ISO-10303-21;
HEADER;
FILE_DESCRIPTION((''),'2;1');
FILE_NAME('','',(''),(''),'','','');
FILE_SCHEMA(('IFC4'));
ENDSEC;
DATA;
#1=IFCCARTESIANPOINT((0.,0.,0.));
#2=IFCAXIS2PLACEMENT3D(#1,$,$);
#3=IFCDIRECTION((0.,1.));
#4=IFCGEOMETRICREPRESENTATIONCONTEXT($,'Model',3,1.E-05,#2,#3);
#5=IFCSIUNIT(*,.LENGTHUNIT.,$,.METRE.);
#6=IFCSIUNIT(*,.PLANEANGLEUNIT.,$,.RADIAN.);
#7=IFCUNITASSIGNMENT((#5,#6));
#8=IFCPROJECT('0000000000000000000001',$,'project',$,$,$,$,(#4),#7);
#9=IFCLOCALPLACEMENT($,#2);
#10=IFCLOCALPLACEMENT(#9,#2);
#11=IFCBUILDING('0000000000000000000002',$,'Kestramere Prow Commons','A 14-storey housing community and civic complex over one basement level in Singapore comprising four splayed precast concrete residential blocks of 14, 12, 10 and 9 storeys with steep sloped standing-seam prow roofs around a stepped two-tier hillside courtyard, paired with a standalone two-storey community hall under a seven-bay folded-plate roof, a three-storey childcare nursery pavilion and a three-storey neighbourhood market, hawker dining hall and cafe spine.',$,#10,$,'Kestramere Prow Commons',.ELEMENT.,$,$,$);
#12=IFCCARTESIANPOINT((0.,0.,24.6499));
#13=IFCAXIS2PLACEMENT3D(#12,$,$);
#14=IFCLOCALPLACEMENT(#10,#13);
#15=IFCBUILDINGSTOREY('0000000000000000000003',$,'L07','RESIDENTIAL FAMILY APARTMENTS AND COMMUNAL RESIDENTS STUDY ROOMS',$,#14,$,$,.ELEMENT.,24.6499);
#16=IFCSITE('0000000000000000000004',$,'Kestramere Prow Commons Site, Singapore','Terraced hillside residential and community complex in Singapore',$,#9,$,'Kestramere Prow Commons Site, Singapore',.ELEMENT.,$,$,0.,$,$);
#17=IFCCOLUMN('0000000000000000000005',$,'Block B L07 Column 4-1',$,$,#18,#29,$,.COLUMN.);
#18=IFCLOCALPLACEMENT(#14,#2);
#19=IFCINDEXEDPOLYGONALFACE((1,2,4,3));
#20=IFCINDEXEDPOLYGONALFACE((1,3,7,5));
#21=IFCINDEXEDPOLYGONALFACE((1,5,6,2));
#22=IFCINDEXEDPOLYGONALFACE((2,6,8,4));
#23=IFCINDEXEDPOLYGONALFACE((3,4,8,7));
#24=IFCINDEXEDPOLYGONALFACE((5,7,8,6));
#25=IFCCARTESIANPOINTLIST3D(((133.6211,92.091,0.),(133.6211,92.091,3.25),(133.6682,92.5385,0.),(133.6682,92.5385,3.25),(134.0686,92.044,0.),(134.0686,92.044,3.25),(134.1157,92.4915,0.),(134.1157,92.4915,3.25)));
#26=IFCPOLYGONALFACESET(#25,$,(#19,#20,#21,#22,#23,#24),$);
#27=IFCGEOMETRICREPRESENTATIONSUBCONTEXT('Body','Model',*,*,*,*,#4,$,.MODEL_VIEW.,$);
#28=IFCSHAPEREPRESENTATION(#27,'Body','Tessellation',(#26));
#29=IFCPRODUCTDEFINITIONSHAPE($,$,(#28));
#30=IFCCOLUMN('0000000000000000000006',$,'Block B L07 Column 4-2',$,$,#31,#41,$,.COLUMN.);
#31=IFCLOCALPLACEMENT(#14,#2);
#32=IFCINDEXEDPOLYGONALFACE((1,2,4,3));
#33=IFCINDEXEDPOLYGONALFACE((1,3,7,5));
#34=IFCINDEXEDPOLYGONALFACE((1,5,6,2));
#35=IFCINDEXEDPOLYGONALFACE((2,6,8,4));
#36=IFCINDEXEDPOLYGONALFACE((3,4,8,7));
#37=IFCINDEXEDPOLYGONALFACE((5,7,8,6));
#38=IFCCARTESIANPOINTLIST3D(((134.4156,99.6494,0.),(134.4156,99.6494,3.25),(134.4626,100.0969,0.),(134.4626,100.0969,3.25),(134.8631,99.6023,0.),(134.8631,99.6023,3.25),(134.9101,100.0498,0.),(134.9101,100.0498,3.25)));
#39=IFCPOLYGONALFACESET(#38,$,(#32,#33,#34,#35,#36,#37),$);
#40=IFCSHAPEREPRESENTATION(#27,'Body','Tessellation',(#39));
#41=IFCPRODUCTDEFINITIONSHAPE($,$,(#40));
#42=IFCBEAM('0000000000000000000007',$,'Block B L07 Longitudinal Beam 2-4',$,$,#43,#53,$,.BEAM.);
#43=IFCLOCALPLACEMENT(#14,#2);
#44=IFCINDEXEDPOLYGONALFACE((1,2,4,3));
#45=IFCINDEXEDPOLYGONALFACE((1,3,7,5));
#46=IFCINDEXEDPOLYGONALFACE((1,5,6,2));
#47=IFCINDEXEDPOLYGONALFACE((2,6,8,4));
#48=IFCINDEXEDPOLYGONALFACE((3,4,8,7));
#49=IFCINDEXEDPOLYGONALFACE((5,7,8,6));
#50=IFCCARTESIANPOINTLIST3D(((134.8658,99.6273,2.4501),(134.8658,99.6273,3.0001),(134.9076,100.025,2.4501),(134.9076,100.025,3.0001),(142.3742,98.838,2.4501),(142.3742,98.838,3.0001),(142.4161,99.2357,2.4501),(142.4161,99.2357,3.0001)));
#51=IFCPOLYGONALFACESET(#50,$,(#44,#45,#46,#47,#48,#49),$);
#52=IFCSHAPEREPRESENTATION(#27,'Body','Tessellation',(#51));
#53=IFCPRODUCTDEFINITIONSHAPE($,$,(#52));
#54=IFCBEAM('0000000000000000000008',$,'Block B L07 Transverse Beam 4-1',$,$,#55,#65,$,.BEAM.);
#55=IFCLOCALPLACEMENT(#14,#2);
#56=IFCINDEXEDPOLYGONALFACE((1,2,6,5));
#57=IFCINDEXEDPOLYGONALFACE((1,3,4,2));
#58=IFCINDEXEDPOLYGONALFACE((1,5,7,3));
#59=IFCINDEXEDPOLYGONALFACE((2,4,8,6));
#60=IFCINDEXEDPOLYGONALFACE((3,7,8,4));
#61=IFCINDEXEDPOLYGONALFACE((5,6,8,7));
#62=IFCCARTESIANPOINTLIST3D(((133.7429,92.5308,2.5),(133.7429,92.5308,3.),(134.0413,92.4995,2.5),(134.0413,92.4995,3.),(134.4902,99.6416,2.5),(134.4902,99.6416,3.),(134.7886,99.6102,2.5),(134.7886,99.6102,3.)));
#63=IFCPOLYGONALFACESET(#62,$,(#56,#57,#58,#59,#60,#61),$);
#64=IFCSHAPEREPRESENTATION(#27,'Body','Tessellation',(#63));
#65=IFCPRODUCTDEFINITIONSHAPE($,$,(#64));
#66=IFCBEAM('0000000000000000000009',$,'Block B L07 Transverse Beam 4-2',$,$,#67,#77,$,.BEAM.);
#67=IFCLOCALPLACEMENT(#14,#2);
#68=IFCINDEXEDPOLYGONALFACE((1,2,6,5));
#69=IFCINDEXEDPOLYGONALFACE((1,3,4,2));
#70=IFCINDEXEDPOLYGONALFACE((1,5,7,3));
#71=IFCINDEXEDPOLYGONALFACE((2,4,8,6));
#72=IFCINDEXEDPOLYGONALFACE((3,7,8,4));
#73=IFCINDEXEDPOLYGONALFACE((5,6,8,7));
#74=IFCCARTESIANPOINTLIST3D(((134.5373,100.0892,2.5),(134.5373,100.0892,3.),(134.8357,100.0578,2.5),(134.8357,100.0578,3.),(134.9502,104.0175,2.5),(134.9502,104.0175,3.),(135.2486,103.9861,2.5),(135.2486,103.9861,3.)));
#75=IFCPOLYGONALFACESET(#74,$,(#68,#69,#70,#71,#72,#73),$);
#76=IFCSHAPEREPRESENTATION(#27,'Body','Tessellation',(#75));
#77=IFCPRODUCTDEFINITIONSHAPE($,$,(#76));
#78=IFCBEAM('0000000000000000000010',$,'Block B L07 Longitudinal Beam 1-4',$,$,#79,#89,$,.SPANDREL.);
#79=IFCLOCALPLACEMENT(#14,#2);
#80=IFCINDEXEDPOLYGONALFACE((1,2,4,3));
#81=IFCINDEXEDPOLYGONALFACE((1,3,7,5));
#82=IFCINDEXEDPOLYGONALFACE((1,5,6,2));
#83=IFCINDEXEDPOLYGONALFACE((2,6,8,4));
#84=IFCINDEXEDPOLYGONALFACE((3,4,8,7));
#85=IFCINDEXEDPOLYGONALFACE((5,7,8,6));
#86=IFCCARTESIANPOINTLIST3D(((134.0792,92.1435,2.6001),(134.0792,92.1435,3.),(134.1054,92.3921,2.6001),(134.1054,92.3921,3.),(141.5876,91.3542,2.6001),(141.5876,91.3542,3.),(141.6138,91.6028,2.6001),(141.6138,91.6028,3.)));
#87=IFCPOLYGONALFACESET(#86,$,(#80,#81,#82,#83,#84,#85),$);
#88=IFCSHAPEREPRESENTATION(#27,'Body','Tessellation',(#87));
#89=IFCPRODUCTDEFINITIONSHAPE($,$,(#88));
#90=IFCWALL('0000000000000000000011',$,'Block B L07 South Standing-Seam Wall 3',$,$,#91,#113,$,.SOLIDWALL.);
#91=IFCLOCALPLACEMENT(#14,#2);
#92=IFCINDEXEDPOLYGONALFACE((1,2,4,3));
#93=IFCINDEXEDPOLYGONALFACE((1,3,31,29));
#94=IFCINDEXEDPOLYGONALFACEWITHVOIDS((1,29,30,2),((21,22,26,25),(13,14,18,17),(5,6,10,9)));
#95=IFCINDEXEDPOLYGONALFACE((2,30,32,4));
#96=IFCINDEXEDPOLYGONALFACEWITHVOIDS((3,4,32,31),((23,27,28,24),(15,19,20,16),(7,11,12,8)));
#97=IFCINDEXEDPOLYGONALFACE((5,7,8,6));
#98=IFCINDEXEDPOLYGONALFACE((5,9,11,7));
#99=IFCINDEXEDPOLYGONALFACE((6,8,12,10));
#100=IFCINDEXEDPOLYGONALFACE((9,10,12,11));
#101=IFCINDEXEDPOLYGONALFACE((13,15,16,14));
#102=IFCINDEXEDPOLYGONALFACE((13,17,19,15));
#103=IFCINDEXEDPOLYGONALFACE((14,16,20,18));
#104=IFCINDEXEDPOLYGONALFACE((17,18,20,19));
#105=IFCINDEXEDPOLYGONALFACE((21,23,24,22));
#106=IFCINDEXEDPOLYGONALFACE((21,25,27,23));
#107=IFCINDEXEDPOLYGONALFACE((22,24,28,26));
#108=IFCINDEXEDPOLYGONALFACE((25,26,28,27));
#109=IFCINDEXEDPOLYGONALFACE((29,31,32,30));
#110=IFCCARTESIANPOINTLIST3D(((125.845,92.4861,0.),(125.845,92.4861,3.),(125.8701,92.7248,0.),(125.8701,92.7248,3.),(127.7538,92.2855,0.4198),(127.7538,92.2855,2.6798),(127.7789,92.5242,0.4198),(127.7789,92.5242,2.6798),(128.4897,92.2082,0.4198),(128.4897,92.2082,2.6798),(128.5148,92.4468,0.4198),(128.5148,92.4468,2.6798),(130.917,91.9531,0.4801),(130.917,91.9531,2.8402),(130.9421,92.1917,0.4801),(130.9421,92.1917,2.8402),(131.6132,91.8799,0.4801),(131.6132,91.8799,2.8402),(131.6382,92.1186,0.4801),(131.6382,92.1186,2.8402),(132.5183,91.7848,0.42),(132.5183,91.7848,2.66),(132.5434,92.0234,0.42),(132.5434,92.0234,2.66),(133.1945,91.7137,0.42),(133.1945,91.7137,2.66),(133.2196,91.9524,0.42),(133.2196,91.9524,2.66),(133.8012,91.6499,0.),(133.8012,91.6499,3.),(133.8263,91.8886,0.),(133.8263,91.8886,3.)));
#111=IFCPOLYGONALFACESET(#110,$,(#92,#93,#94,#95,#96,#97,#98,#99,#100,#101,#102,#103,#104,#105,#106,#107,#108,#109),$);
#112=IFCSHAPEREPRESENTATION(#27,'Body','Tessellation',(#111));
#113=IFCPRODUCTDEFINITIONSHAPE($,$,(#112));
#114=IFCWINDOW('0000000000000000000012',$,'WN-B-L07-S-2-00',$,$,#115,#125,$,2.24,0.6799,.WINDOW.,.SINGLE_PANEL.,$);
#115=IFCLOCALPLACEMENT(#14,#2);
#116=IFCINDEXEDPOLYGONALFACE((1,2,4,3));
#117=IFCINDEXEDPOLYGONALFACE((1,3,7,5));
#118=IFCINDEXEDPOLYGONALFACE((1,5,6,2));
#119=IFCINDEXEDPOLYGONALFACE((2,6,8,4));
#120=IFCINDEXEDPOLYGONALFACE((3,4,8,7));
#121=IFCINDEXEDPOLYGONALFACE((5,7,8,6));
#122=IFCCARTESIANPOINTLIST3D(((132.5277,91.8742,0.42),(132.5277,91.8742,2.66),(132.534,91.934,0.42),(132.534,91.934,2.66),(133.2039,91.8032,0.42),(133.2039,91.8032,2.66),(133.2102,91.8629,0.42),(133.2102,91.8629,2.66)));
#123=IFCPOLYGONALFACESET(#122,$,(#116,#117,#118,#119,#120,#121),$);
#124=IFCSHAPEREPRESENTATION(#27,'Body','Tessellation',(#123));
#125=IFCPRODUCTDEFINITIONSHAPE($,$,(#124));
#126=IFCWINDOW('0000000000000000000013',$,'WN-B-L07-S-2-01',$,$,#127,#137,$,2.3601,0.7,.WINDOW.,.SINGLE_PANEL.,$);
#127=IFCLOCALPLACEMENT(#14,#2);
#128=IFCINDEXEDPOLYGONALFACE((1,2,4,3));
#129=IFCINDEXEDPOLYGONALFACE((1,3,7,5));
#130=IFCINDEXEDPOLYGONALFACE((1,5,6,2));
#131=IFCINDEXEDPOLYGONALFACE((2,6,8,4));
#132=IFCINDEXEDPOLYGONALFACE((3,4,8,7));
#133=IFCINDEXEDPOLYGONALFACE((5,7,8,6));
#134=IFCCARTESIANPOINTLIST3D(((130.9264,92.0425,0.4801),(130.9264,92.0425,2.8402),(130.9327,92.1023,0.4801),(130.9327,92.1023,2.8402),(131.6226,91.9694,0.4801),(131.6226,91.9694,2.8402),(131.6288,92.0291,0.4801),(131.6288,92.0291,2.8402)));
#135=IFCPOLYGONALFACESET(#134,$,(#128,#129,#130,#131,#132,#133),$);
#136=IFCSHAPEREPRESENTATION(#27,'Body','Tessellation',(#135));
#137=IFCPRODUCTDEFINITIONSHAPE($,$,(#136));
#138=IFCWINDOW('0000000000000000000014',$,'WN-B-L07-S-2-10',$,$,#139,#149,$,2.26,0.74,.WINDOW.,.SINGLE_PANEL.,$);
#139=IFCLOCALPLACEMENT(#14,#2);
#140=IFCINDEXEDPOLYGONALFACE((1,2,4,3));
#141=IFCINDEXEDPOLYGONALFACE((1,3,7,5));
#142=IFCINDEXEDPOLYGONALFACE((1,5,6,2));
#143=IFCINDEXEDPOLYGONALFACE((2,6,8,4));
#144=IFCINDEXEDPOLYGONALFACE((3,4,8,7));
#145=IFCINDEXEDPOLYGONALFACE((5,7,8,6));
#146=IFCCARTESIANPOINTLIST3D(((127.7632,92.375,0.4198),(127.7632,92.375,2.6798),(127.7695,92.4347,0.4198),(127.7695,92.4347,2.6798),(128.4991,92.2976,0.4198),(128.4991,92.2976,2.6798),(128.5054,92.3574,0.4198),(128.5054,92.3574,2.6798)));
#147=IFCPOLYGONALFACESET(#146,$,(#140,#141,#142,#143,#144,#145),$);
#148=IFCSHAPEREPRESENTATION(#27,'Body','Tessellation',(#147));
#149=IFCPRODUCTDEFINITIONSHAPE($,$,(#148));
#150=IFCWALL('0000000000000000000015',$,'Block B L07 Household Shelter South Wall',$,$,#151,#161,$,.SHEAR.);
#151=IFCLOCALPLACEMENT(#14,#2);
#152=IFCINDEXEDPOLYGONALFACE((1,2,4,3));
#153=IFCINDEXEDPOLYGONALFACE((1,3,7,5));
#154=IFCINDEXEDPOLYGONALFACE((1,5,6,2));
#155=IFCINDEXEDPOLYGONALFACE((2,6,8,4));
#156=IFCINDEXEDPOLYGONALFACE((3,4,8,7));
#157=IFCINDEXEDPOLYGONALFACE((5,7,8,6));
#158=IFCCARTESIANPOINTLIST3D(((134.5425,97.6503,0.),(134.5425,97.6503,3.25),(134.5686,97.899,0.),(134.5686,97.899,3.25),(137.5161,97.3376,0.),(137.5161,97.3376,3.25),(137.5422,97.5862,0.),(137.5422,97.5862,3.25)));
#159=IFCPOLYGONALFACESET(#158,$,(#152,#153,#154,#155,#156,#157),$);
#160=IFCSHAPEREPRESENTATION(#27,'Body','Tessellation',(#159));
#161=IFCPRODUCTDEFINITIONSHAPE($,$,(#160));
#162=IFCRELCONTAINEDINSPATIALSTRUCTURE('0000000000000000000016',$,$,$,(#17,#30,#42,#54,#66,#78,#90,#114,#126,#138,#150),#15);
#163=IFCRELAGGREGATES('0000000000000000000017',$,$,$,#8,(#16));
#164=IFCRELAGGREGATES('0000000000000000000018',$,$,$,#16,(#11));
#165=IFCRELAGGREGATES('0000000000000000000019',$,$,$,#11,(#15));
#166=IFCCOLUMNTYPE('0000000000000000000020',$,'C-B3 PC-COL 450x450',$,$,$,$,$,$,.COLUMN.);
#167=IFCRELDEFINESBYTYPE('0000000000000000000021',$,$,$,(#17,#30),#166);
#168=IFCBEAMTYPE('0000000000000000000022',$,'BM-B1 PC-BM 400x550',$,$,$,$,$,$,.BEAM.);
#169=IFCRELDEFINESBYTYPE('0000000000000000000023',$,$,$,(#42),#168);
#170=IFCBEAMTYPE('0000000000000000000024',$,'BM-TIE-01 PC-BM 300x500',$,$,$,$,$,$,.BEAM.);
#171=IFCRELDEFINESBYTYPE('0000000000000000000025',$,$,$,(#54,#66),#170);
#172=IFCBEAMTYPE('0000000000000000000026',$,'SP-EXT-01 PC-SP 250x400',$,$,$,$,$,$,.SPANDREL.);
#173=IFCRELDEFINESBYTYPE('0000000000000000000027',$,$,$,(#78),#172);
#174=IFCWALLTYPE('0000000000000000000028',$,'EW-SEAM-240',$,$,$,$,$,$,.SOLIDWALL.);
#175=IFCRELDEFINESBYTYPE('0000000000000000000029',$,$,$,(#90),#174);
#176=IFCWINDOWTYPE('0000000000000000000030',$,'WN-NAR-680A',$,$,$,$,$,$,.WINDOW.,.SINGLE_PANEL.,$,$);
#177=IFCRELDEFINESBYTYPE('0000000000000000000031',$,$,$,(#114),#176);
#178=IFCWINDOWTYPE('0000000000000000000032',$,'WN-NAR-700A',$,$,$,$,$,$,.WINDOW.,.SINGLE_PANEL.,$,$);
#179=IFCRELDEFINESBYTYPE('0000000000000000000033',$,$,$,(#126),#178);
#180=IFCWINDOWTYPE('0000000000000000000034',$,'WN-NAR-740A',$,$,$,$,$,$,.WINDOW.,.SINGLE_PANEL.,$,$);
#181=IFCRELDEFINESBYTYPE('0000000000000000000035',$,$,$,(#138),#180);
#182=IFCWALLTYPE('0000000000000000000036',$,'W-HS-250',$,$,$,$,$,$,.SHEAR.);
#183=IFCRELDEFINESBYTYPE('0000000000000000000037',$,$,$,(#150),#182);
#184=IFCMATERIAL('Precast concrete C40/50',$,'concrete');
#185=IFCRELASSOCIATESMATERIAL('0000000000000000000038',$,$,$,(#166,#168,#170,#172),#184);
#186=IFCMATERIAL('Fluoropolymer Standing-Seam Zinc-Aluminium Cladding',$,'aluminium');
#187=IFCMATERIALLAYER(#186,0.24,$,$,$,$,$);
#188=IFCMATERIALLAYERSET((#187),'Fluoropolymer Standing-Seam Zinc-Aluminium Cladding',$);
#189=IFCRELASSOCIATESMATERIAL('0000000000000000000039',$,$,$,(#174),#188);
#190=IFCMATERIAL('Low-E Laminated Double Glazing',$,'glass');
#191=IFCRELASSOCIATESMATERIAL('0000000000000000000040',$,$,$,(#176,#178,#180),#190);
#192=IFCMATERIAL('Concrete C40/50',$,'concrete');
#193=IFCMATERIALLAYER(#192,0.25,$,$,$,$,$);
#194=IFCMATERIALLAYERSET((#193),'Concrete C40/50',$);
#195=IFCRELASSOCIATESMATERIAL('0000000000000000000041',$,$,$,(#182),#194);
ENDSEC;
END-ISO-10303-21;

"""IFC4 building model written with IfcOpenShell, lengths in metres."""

from ifc_helpers import new_model, si_unit, direction, frame, frame_2d, origin, origin_2d, place, context, subcontext, project, spatial, rectangle, extrude, material, layer, layer_set, material_profile, profile_set, type_object, element, fill, save


model = new_model("IFC4")

# Units and contexts
model_context = context("Model", 3, precision=1e-05, world=origin(), true_north=direction((0.0, 1.0)))
body_context = subcontext(model_context, "Body", "Model", "MODEL_VIEW")
ifc_project = project(units=[si_unit("LENGTHUNIT", "METRE"), si_unit("PLANEANGLEUNIT", "RADIAN")], contexts=[model_context])

# Site, building, storey
site_placement = place(None, origin())
site = spatial("IfcSite", under=ifc_project, at=site_placement, Name="Kestramere Prow Commons Site, Singapore", Description="Terraced hillside residential and community complex in Singapore", LongName="Kestramere Prow Commons Site, Singapore", CompositionType="ELEMENT", RefElevation=0.0)
building_placement = place(site_placement, origin())
building = spatial("IfcBuilding", under=site, at=building_placement, Name="Kestramere Prow Commons", Description="A 14-storey housing community and civic complex over one basement level in Singapore comprising four splayed precast concrete residential blocks of 14, 12, 10 and 9 storeys with steep sloped standing-seam prow roofs around a stepped two-tier hillside courtyard, paired with a standalone two-storey community hall under a seven-bay folded-plate roof, a three-storey childcare nursery pavilion and a three-storey neighbourhood market, hawker dining hall and cafe spine.", LongName="Kestramere Prow Commons", CompositionType="ELEMENT")
storey_placement = place(building_placement, frame((0.0, 0.0, 24.6499)))
storey = spatial("IfcBuildingStorey", under=building, at=storey_placement, Name="L07", Description="RESIDENTIAL FAMILY APARTMENTS AND COMMUNAL RESIDENTS STUDY ROOMS", CompositionType="ELEMENT", Elevation=24.6499)

# Columns
ifc_material_1 = material(Name="Precast concrete C40/50", Category="concrete")
ifc_material_profile_1 = material_profile(ifc_material_1, rectangle(XDim=0.45, YDim=0.45, at=origin_2d()), Name="PC-COL 450x450")
ifc_profile_set_1 = profile_set([ifc_material_profile_1], Name="Precast concrete C40/50")
column_type = type_object("IfcColumnType", Name="C-B3 PC-COL 450x450", PredefinedType="COLUMN", material=ifc_profile_set_1)
for number, where, z_axis, x_axis, name in (
    (1, (133.8684, 92.2913, 0.0), (0.0, 0.0, 1.0), (0.994522, -0.104528, 0.0), "Block B L07 Column 4-1"),
    (2, (134.6628, 99.8496, 0.0), (0.0, 0.0, 1.0), (0.994522, -0.104528, 0.0), "Block B L07 Column 4-2"),
):
    element("IfcColumn", number, at=place(storey_placement, frame(where, z_axis=z_axis, x_axis=x_axis)), inside=storey, type_object=column_type, Name=name, PredefinedType="COLUMN", context=body_context, shape_type="SweptSolid", body=[
        extrude(rectangle(XDim=0.45, YDim=0.45, at=origin_2d()), origin(), (0.0, 0.0, 1.0), 3.25),
    ])

# Beams
ifc_material_profile_2 = material_profile(ifc_material_1, rectangle(XDim=0.3999, YDim=0.55, at=origin_2d()), Name="PC-BM 400x550")
ifc_profile_set_2 = profile_set([ifc_material_profile_2], Name="Precast concrete C40/50")
beam_type_1 = type_object("IfcBeamType", Name="BM-B1 PC-BM 400x550", PredefinedType="BEAM", material=ifc_profile_set_2)
beam_1_placement = place(storey_placement, frame((134.8867, 99.8262, 2.7251), z_axis=(0.99452, -0.104545, 0.0), x_axis=(0.104545, 0.99452, 0.0)))
element("IfcBeam", 3, at=beam_1_placement, inside=storey, type_object=beam_type_1, Name="Block B L07 Longitudinal Beam 2-4", PredefinedType="BEAM", context=body_context, shape_type="SweptSolid", body=[
    extrude(rectangle(XDim=0.3999, YDim=0.55, at=origin_2d()), origin(), (0.0, 0.0, 1.0), 7.5498),
])
ifc_material_profile_3 = material_profile(ifc_material_1, rectangle(XDim=0.3, YDim=0.5, at=origin_2d()), Name="PC-BM 300x500")
ifc_profile_set_3 = profile_set([ifc_material_profile_3], Name="Precast concrete C40/50")
beam_type_2 = type_object("IfcBeamType", Name="BM-TIE-01 PC-BM 300x500", PredefinedType="BEAM", material=ifc_profile_set_3)
beam_2_placement = place(storey_placement, frame((133.8921, 92.5151, 2.75), z_axis=(0.104519, 0.994523, 0.0), x_axis=(-0.994523, 0.104519, 0.0)))
element("IfcBeam", 4, at=beam_2_placement, inside=storey, type_object=beam_type_2, Name="Block B L07 Transverse Beam 4-1", PredefinedType="BEAM", context=body_context, shape_type="SweptSolid", body=[
    extrude(rectangle(XDim=0.3, YDim=0.5, at=origin_2d()), origin(), (0.0, 0.0, 1.0), 7.1499),
])
beam_3_placement = place(storey_placement, frame((134.6865, 100.0735, 2.75), z_axis=(0.104521, 0.994523, 0.0), x_axis=(-0.994523, 0.104521, 0.0)))
element("IfcBeam", 5, at=beam_3_placement, inside=storey, type_object=beam_type_2, Name="Block B L07 Transverse Beam 4-2", PredefinedType="BEAM", context=body_context, shape_type="SweptSolid", body=[
    extrude(rectangle(XDim=0.3, YDim=0.5, at=origin_2d()), origin(), (0.0, 0.0, 1.0), 3.95),
])
ifc_material_profile_4 = material_profile(ifc_material_1, rectangle(XDim=0.25, YDim=0.3999, at=origin_2d()), Name="PC-SP 250x400")
ifc_profile_set_4 = profile_set([ifc_material_profile_4], Name="Precast concrete C40/50")
beam_type_3 = type_object("IfcBeamType", Name="SP-EXT-01 PC-SP 250x400", PredefinedType="SPANDREL", material=ifc_profile_set_4)
beam_4_placement = place(storey_placement, frame((134.0923, 92.2678, 2.8), z_axis=(0.99452, -0.104545, 0.0), x_axis=(0.104545, 0.99452, 0.0)))
element("IfcBeam", 6, at=beam_4_placement, inside=storey, type_object=beam_type_3, Name="Block B L07 Longitudinal Beam 1-4", PredefinedType="SPANDREL", context=body_context, shape_type="SweptSolid", body=[
    extrude(rectangle(XDim=0.25, YDim=0.3999, at=origin_2d()), origin(), (0.0, 0.0, 1.0), 7.5498),
])

# Wall, openings, windows
ifc_material_2 = material(Name="Fluoropolymer Standing-Seam Zinc-Aluminium Cladding", Category="aluminium")
ifc_layer_1 = layer(ifc_material_2, 0.24)
ifc_layer_set_1 = layer_set([ifc_layer_1], Name="Fluoropolymer Standing-Seam Zinc-Aluminium Cladding")
wall_type_1 = type_object("IfcWallType", Name="EW-SEAM-240", PredefinedType="SOLIDWALL", material=ifc_layer_set_1)
wall_1_placement = place(storey_placement, frame((133.8137, 91.7693, 0.0), z_axis=(0.0, 0.0, 1.0), x_axis=(-0.994523, 0.104521, 0.0)))
wall_1 = element("IfcWall", 7, at=wall_1_placement, inside=storey, type_object=wall_type_1, Name="Block B L07 South Standing-Seam Wall 3", PredefinedType="SOLIDWALL", context=body_context, shape_type="SweptSolid", body=[
    extrude(rectangle(XDim=8.0, YDim=0.24, at=frame_2d((4.0, 0.0))), origin(), (0.0, 0.0, 1.0), 3.0),
])
opening_1_placement = place(wall_1_placement, frame((0.6101, 0.0, 0.4199)))
opening_1 = element("IfcOpeningElement", 8, at=opening_1_placement, cuts=wall_1, PredefinedType="OPENING", context=body_context, shape_type="SweptSolid", body=[
    extrude(rectangle(XDim=0.6799, YDim=2.24, at=frame_2d((0.3398, 1.1201))), frame((0.0, 0.135, 0.0), z_axis=(0.0, -1.0, 0.0), x_axis=(1.0, 0.0, 0.0)), (0.0, 0.0, 1.0), 0.27),
])
opening_2_placement = place(wall_1_placement, frame((2.2, 0.0, 0.48)))
opening_2 = element("IfcOpeningElement", 9, at=opening_2_placement, cuts=wall_1, PredefinedType="OPENING", context=body_context, shape_type="SweptSolid", body=[
    extrude(rectangle(XDim=0.7, YDim=2.3601, at=frame_2d((0.3501, 1.1802))), frame((0.0, 0.135, 0.0), z_axis=(0.0, -1.0, 0.0), x_axis=(1.0, 0.0, 0.0)), (0.0, 0.0, 1.0), 0.27),
])
opening_3_placement = place(wall_1_placement, frame((5.3406, 0.0, 0.4199)))
opening_3 = element("IfcOpeningElement", 10, at=opening_3_placement, cuts=wall_1, PredefinedType="OPENING", context=body_context, shape_type="SweptSolid", body=[
    extrude(rectangle(XDim=0.74, YDim=2.26, at=frame_2d((0.3701, 1.1299))), frame((0.0, 0.135, 0.0), z_axis=(0.0, -1.0, 0.0), x_axis=(1.0, 0.0, 0.0)), (0.0, 0.0, 1.0), 0.27),
])
ifc_material_3 = material(Name="Low-E Laminated Double Glazing", Category="glass")
window_type_1 = type_object("IfcWindowType", Name="WN-NAR-680A", PartitioningType="SINGLE_PANEL", PredefinedType="WINDOW", material=ifc_material_3)
window_1_placement = place(opening_1_placement, origin())
window_1 = element("IfcWindow", 11, at=window_1_placement, inside=storey, type_object=window_type_1, Name="WN-B-L07-S-2-00", OverallHeight=2.24, OverallWidth=0.6799, PartitioningType="SINGLE_PANEL", PredefinedType="WINDOW", context=body_context, shape_type="SweptSolid", body=[
    extrude(rectangle(XDim=0.6799, YDim=2.24, at=frame_2d((0.3398, 1.1201))), frame((0.0, 0.03, 0.0), z_axis=(0.0, -1.0, 0.0), x_axis=(1.0, 0.0, 0.0)), (0.0, 0.0, 1.0), 0.0601),
])
fill(opening_1, window_1)
window_type_2 = type_object("IfcWindowType", Name="WN-NAR-700A", PartitioningType="SINGLE_PANEL", PredefinedType="WINDOW", material=ifc_material_3)
window_2_placement = place(opening_2_placement, origin())
window_2 = element("IfcWindow", 12, at=window_2_placement, inside=storey, type_object=window_type_2, Name="WN-B-L07-S-2-01", OverallHeight=2.3601, OverallWidth=0.7, PartitioningType="SINGLE_PANEL", PredefinedType="WINDOW", context=body_context, shape_type="SweptSolid", body=[
    extrude(rectangle(XDim=0.7, YDim=2.3601, at=frame_2d((0.3501, 1.1802))), frame((0.0, 0.03, 0.0), z_axis=(0.0, -1.0, 0.0), x_axis=(1.0, 0.0, 0.0)), (0.0, 0.0, 1.0), 0.0601),
])
fill(opening_2, window_2)
window_type_3 = type_object("IfcWindowType", Name="WN-NAR-740A", PartitioningType="SINGLE_PANEL", PredefinedType="WINDOW", material=ifc_material_3)
window_3_placement = place(opening_3_placement, origin())
window_3 = element("IfcWindow", 13, at=window_3_placement, inside=storey, type_object=window_type_3, Name="WN-B-L07-S-2-10", OverallHeight=2.26, OverallWidth=0.74, PartitioningType="SINGLE_PANEL", PredefinedType="WINDOW", context=body_context, shape_type="SweptSolid", body=[
    extrude(rectangle(XDim=0.74, YDim=2.26, at=frame_2d((0.3701, 1.1299))), frame((0.0, 0.03, 0.0), z_axis=(0.0, -1.0, 0.0), x_axis=(1.0, 0.0, 0.0)), (0.0, 0.0, 1.0), 0.0601),
])
fill(opening_3, window_3)

# Wall
ifc_material_4 = material(Name="Concrete C40/50", Category="concrete")
ifc_layer_2 = layer(ifc_material_4, 0.25)
ifc_layer_set_2 = layer_set([ifc_layer_2], Name="Concrete C40/50")
wall_type_2 = type_object("IfcWallType", Name="W-HS-250", PredefinedType="SHEAR", material=ifc_layer_set_2)
wall_2_placement = place(storey_placement, frame((134.5554, 97.7747, 0.0), z_axis=(0.0, 0.0, 1.0), x_axis=(0.994515, -0.104596, 0.0)))
element("IfcWall", 14, at=wall_2_placement, inside=storey, type_object=wall_type_2, Name="Block B L07 Household Shelter South Wall", PredefinedType="SHEAR", context=body_context, shape_type="SweptSolid", body=[
    extrude(rectangle(XDim=2.99, YDim=0.25, at=frame_2d((1.4951, 0.0))), origin(), (0.0, 0.0, 1.0), 3.25),
])

save(model, "model.ifc")
